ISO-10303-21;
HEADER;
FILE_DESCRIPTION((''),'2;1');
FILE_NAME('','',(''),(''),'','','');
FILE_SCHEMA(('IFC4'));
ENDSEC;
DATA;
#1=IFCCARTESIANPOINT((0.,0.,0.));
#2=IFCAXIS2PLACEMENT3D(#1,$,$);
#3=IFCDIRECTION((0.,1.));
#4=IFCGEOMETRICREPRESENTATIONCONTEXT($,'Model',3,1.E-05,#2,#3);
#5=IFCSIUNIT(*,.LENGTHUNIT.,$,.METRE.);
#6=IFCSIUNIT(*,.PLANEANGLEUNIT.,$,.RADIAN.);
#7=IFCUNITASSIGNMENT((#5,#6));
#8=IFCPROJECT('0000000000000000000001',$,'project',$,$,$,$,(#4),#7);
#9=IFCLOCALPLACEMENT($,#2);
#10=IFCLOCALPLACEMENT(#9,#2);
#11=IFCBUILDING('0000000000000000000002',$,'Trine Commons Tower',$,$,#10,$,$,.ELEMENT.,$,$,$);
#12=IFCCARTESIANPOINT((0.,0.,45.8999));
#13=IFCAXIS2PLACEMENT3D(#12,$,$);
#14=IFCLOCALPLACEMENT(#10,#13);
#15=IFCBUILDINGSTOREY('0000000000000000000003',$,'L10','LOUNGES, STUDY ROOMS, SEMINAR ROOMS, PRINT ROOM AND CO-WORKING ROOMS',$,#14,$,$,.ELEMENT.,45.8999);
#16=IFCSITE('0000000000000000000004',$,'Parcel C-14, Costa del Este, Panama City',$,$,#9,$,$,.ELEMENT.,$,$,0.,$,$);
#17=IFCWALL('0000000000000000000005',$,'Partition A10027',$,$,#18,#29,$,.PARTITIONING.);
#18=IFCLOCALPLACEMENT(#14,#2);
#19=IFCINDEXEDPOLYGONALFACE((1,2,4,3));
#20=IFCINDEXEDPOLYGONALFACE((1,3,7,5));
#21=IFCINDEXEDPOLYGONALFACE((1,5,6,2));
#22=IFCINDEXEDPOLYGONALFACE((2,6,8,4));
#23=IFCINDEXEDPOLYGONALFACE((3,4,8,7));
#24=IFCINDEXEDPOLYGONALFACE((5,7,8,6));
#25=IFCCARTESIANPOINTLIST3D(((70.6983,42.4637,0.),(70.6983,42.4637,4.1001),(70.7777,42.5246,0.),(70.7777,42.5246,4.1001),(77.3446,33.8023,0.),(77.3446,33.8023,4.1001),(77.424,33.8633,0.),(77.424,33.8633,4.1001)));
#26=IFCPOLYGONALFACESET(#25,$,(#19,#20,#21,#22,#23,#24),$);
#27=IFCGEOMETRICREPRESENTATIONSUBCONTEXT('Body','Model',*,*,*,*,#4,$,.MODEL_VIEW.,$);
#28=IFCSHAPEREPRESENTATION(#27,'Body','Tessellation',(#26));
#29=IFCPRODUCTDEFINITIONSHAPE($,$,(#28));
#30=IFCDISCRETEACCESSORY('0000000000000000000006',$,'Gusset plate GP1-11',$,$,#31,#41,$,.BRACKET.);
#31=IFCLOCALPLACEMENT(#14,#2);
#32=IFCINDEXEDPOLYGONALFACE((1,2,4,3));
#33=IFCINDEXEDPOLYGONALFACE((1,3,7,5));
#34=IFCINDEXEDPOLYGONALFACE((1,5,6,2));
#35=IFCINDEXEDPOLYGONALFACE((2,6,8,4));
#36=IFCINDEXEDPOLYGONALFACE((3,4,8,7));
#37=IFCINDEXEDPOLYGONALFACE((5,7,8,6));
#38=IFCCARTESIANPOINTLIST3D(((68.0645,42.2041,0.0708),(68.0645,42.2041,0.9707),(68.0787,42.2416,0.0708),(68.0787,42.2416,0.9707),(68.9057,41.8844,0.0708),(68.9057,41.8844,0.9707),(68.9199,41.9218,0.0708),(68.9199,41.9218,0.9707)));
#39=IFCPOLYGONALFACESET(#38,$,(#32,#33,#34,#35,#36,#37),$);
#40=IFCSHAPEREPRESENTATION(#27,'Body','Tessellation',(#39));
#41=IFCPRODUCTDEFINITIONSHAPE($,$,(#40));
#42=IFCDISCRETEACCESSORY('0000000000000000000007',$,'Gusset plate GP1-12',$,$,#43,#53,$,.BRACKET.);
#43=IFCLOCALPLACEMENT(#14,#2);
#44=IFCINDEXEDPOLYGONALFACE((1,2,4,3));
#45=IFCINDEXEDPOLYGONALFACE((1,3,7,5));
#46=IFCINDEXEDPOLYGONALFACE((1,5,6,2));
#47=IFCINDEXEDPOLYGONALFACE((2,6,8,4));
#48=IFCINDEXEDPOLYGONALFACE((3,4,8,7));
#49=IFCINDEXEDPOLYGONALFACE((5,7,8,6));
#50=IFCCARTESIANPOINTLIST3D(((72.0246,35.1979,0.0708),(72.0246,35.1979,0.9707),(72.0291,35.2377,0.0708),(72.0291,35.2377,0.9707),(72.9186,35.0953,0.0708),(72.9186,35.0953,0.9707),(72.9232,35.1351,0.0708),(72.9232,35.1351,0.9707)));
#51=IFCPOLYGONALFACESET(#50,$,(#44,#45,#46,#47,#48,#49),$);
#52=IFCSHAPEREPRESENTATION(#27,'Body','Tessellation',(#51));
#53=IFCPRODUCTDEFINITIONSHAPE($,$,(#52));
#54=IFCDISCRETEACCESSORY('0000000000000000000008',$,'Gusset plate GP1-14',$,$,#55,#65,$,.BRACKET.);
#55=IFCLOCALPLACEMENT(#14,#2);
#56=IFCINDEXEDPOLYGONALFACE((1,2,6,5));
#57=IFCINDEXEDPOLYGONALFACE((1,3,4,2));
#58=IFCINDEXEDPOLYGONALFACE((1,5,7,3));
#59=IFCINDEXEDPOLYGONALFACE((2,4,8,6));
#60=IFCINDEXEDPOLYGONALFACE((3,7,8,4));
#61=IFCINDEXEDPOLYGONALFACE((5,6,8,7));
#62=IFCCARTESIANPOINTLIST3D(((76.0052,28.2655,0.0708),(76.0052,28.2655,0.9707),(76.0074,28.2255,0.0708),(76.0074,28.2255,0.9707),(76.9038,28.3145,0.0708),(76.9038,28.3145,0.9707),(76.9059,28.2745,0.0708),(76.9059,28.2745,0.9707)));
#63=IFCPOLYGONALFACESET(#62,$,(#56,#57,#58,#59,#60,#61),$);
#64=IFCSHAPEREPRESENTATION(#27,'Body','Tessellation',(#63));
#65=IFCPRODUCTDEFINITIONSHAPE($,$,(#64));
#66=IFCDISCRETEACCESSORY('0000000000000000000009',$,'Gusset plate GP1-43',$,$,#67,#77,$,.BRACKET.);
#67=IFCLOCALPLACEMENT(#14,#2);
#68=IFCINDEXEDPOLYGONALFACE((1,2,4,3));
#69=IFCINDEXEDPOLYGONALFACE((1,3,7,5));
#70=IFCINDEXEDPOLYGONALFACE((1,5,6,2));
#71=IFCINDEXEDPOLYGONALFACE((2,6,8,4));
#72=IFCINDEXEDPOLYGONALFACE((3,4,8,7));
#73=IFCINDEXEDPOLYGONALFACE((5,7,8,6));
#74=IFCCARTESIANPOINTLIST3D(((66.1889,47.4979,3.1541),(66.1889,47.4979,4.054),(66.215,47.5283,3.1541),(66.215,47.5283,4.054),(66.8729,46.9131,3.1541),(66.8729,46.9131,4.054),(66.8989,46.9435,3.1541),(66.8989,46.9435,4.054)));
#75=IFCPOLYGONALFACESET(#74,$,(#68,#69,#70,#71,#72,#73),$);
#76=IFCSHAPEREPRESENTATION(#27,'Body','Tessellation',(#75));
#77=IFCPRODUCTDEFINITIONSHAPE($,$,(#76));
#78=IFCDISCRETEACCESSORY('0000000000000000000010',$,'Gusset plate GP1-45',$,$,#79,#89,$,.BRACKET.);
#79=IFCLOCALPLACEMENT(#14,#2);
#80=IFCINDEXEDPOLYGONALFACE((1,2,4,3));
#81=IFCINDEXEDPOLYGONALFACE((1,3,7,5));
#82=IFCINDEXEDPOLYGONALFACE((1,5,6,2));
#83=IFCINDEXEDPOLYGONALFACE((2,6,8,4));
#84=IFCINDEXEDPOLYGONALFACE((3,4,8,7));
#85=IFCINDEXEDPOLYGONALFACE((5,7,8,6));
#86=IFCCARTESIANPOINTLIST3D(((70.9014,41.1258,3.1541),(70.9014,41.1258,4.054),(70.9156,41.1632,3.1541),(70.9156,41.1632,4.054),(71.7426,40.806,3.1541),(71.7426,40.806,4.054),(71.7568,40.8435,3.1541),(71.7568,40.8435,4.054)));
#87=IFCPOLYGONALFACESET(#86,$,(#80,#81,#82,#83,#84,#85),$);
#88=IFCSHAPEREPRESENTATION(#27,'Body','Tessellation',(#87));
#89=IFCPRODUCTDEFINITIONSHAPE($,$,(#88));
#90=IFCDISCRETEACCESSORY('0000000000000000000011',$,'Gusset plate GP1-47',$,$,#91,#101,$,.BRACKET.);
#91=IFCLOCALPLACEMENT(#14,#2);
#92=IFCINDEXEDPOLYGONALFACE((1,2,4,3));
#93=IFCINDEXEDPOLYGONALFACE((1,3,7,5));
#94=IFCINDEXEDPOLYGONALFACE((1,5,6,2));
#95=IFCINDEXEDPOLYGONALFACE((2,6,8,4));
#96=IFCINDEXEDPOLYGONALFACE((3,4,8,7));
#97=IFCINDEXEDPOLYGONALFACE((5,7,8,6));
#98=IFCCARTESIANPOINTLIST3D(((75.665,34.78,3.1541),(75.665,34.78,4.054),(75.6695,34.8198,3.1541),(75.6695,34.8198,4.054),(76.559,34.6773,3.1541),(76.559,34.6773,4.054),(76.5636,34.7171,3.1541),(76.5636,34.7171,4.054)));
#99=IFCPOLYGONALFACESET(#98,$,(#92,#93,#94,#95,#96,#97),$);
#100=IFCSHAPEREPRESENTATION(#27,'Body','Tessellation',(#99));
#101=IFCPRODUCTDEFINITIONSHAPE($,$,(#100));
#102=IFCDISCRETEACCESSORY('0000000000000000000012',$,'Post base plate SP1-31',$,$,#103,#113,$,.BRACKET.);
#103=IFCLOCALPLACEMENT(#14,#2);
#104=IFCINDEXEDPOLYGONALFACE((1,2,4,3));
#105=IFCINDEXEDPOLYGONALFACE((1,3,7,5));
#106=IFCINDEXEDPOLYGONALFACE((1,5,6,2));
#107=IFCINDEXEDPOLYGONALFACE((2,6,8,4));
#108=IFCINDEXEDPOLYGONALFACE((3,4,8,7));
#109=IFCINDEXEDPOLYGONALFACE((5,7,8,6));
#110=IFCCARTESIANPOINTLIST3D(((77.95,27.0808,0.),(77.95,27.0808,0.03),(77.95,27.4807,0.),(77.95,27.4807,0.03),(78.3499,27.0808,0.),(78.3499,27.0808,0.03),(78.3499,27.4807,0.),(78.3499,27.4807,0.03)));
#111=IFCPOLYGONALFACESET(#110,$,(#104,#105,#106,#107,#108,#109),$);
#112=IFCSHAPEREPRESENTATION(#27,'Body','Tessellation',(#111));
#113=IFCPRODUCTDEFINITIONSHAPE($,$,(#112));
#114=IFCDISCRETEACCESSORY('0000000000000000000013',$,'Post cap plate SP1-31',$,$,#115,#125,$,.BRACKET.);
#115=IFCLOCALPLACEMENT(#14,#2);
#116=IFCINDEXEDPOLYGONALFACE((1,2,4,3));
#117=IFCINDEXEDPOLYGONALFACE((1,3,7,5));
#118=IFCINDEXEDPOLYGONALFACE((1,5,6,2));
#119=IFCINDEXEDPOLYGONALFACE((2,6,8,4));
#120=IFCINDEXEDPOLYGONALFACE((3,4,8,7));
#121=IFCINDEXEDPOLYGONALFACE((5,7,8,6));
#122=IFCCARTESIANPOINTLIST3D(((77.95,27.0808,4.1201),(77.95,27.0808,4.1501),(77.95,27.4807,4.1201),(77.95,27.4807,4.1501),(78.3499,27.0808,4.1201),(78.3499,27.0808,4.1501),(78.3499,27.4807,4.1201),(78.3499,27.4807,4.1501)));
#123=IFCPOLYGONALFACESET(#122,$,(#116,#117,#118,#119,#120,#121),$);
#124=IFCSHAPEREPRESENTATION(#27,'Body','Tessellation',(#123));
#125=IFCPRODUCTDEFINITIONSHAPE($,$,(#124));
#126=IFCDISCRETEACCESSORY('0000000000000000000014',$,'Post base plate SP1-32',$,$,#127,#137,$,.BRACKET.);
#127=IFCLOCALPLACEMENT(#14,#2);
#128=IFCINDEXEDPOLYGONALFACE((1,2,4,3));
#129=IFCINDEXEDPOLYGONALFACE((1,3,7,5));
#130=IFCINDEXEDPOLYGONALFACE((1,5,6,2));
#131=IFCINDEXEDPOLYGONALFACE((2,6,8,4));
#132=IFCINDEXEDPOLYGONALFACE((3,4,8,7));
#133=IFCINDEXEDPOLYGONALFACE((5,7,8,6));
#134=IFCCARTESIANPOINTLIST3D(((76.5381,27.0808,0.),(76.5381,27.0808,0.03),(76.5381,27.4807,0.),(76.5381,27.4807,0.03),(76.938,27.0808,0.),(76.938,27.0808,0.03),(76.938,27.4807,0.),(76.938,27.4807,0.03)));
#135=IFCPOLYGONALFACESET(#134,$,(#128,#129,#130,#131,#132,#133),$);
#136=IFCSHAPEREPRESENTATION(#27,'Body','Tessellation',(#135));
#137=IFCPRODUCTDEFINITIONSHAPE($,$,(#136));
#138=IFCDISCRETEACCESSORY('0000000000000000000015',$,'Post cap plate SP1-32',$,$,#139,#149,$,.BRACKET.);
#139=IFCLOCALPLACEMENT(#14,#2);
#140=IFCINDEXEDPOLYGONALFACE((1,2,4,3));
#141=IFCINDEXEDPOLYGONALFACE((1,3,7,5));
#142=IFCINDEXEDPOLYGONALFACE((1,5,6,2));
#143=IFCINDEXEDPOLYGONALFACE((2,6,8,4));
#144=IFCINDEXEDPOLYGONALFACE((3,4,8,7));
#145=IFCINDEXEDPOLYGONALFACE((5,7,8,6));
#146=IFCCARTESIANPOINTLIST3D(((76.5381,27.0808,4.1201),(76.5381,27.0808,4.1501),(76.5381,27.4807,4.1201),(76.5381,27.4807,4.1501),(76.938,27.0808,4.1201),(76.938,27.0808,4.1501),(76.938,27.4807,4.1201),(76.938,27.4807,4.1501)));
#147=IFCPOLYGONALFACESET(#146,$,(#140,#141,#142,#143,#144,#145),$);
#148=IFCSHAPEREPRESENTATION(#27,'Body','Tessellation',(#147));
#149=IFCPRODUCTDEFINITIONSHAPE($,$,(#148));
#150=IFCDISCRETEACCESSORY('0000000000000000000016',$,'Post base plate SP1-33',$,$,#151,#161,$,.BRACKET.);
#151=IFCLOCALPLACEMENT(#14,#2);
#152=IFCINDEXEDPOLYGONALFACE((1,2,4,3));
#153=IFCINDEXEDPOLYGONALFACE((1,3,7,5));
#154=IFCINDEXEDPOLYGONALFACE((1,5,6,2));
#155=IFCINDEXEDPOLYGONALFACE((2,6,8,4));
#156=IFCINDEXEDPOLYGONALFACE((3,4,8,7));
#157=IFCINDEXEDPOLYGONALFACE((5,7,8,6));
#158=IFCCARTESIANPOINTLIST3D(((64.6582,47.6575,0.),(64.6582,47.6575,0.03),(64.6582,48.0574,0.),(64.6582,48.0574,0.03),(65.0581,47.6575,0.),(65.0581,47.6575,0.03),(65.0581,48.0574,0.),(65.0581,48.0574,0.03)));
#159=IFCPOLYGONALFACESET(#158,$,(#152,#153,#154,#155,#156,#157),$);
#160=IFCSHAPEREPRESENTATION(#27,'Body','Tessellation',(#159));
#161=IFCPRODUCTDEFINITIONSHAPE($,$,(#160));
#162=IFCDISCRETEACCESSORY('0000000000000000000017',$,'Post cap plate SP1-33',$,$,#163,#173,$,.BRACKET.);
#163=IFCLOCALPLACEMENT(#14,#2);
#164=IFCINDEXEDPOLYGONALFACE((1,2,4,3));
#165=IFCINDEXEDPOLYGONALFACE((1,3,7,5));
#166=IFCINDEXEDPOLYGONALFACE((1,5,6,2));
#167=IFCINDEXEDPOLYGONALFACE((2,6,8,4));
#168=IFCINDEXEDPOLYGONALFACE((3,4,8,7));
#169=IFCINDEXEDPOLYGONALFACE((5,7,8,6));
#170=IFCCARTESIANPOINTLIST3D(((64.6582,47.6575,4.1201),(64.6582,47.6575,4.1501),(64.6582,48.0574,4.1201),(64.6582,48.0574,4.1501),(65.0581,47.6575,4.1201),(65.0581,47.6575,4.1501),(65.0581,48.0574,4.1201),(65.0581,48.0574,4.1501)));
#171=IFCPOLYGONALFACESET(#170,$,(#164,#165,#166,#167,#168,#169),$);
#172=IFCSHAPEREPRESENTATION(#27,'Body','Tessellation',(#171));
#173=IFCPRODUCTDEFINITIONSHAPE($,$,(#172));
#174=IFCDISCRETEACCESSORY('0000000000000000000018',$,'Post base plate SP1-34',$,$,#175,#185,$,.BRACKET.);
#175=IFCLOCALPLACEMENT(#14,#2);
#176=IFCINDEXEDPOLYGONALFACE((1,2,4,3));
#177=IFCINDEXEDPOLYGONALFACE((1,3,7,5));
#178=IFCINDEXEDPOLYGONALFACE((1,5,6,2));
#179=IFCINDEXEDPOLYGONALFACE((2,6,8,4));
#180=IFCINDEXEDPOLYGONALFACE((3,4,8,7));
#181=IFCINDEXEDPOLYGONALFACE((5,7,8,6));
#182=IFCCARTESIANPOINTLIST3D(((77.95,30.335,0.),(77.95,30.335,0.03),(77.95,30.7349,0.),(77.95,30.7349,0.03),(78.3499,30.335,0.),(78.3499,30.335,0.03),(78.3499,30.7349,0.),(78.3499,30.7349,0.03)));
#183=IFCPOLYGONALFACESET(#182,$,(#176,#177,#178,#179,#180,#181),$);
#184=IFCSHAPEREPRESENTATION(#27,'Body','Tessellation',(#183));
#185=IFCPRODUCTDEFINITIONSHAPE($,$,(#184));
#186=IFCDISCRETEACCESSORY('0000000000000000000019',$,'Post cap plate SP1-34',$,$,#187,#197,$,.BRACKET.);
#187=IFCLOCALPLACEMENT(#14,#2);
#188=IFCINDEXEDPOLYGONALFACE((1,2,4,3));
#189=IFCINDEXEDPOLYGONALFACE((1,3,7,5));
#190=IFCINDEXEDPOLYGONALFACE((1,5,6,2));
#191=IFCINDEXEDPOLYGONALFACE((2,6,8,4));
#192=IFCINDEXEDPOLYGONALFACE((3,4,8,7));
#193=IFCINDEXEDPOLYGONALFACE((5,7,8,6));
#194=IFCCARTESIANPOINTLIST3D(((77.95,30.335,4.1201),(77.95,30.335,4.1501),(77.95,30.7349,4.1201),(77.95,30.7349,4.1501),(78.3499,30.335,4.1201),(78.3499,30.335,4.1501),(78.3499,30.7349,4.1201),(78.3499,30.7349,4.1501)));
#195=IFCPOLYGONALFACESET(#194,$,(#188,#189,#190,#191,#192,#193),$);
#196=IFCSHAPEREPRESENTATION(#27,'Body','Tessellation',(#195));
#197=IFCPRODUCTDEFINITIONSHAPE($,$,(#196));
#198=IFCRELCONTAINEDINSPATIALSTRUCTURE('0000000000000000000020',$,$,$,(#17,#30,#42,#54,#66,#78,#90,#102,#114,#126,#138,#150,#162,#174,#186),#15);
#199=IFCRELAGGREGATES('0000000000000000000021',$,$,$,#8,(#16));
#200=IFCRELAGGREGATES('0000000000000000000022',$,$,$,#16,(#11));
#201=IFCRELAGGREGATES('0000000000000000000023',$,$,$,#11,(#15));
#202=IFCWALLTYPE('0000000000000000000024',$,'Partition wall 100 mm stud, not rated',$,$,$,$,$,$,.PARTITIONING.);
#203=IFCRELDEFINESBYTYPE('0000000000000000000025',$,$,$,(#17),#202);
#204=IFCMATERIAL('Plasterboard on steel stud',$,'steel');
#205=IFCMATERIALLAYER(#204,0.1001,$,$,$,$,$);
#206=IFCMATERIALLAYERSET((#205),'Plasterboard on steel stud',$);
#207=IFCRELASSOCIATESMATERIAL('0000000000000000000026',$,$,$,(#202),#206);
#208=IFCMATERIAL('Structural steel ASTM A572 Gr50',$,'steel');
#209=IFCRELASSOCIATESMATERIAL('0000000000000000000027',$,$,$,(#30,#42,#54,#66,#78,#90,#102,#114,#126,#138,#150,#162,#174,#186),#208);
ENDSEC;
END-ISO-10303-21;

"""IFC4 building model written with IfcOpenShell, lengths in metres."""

from ifc_helpers import new_model, si_unit, direction, frame, frame_2d, origin, origin_2d, place, context, subcontext, project, spatial, rectangle, extrude, material, layer, layer_set, type_object, element, save


model = new_model("IFC4")

# Units and contexts
model_context = context("Model", 3, precision=1e-05, world=origin(), true_north=direction((0.0, 1.0)))
body_context = subcontext(model_context, "Body", "Model", "MODEL_VIEW")
ifc_project = project(units=[si_unit("LENGTHUNIT", "METRE"), si_unit("PLANEANGLEUNIT", "RADIAN")], contexts=[model_context])

# Site, building, storey
site_placement = place(None, origin())
site = spatial("IfcSite", under=ifc_project, at=site_placement, Name="Parcel C-14, Costa del Este, Panama City", CompositionType="ELEMENT", RefElevation=0.0)
building_placement = place(site_placement, origin())
building = spatial("IfcBuilding", under=site, at=building_placement, Name="Trine Commons Tower", CompositionType="ELEMENT")
storey_placement = place(building_placement, frame((0.0, 0.0, 45.8999)))
storey = spatial("IfcBuildingStorey", under=building, at=storey_placement, Name="L10", Description="LOUNGES, STUDY ROOMS, SEMINAR ROOMS, PRINT ROOM AND CO-WORKING ROOMS", CompositionType="ELEMENT", Elevation=45.8999)

# Wall
ifc_material_1 = material(Name="Plasterboard on steel stud", Category="steel")
ifc_layer_1 = layer(ifc_material_1, 0.1001)
ifc_layer_set_1 = layer_set([ifc_layer_1], Name="Plasterboard on steel stud")
wall_type_1 = type_object("IfcWallType", Name="Partition wall 100 mm stud, not rated", PredefinedType="PARTITIONING", material=ifc_layer_set_1)
wall_1_placement = place(storey_placement, frame((70.738, 42.4941, 0.0), z_axis=(0.0, 0.0, 1.0), x_axis=(0.608769, -0.793348, 0.0)))
element("IfcWall", 1, at=wall_1_placement, inside=storey, type_object=wall_type_1, Name="Partition A10027", PredefinedType="PARTITIONING", context=body_context, shape_type="SweptSolid", body=[
    extrude(rectangle(XDim=10.9175, YDim=0.1001, at=frame_2d((5.4587, 0.0))), origin(), (0.0, 0.0, 1.0), 4.1001),
])

# Discrete accessories
ifc_material_2 = material(Name="Structural steel ASTM A572 Gr50", Category="steel")
for number, where, z_axis, x_axis, name in (
    (2, (68.4922, 42.063, 0.0708), (0.0, 0.0, 1.0), (0.934757, -0.355286, 0.0), "Gusset plate GP1-11"),
    (3, (72.4739, 35.1665, 0.0708), (0.0, 0.0, 1.0), (0.993473, -0.11407, 0.0), "Gusset plate GP1-12"),
    (4, (76.4556, 28.27, 0.0708), (0.0, 0.0, 1.0), (0.998517, 0.054445, 0.0), "Gusset plate GP1-14"),
    (5, (66.5439, 47.2207, 3.1541), (0.0, 0.0, 1.0), (0.760054, -0.649859, 0.0), "Gusset plate GP1-43"),
    (6, (71.3291, 40.9846, 3.1541), (0.0, 0.0, 1.0), (0.934757, -0.355286, 0.0), "Gusset plate GP1-45"),
    (7, (76.1143, 34.7485, 3.1541), (0.0, 0.0, 1.0), (0.993473, -0.11407, 0.0), "Gusset plate GP1-47"),
):
    element("IfcDiscreteAccessory", number, at=place(storey_placement, frame(where, z_axis=z_axis, x_axis=x_axis)), inside=storey, material=ifc_material_2, Name=name, PredefinedType="BRACKET", context=body_context, shape_type="SweptSolid", body=[
        extrude(rectangle(XDim=0.8999, YDim=0.04, at=origin_2d()), origin(), (0.0, 0.0, 1.0), 0.8999),
    ])
for number, where, z_axis, x_axis, name in (
    (8, (78.1499, 27.2808, 0.0), (0.0, 0.0, 1.0), (1.0, 0.0, 0.0), "Post base plate SP1-31"),
    (9, (78.1499, 27.2808, 4.1201), (0.0, 0.0, 1.0), (1.0, 0.0, 0.0), "Post cap plate SP1-31"),
    (10, (76.738, 27.2808, 0.0), (0.0, 0.0, 1.0), (1.0, 0.0, 0.0), "Post base plate SP1-32"),
    (11, (76.738, 27.2808, 4.1201), (0.0, 0.0, 1.0), (1.0, 0.0, 0.0), "Post cap plate SP1-32"),
    (12, (64.8582, 47.8574, 0.0), (0.0, 0.0, 1.0), (1.0, 0.0, 0.0), "Post base plate SP1-33"),
    (13, (64.8582, 47.8574, 4.1201), (0.0, 0.0, 1.0), (1.0, 0.0, 0.0), "Post cap plate SP1-33"),
    (14, (78.1499, 30.5349, 0.0), (0.0, 0.0, 1.0), (1.0, 0.0, 0.0), "Post base plate SP1-34"),
    (15, (78.1499, 30.5349, 4.1201), (0.0, 0.0, 1.0), (1.0, 0.0, 0.0), "Post cap plate SP1-34"),
):
    element("IfcDiscreteAccessory", number, at=place(storey_placement, frame(where, z_axis=z_axis, x_axis=x_axis)), inside=storey, material=ifc_material_2, Name=name, PredefinedType="BRACKET", context=body_context, shape_type="SweptSolid", body=[
        extrude(rectangle(XDim=0.3999, YDim=0.3999, at=origin_2d()), origin(), (0.0, 0.0, 1.0), 0.03),
    ])

save(model, "model.ifc")
